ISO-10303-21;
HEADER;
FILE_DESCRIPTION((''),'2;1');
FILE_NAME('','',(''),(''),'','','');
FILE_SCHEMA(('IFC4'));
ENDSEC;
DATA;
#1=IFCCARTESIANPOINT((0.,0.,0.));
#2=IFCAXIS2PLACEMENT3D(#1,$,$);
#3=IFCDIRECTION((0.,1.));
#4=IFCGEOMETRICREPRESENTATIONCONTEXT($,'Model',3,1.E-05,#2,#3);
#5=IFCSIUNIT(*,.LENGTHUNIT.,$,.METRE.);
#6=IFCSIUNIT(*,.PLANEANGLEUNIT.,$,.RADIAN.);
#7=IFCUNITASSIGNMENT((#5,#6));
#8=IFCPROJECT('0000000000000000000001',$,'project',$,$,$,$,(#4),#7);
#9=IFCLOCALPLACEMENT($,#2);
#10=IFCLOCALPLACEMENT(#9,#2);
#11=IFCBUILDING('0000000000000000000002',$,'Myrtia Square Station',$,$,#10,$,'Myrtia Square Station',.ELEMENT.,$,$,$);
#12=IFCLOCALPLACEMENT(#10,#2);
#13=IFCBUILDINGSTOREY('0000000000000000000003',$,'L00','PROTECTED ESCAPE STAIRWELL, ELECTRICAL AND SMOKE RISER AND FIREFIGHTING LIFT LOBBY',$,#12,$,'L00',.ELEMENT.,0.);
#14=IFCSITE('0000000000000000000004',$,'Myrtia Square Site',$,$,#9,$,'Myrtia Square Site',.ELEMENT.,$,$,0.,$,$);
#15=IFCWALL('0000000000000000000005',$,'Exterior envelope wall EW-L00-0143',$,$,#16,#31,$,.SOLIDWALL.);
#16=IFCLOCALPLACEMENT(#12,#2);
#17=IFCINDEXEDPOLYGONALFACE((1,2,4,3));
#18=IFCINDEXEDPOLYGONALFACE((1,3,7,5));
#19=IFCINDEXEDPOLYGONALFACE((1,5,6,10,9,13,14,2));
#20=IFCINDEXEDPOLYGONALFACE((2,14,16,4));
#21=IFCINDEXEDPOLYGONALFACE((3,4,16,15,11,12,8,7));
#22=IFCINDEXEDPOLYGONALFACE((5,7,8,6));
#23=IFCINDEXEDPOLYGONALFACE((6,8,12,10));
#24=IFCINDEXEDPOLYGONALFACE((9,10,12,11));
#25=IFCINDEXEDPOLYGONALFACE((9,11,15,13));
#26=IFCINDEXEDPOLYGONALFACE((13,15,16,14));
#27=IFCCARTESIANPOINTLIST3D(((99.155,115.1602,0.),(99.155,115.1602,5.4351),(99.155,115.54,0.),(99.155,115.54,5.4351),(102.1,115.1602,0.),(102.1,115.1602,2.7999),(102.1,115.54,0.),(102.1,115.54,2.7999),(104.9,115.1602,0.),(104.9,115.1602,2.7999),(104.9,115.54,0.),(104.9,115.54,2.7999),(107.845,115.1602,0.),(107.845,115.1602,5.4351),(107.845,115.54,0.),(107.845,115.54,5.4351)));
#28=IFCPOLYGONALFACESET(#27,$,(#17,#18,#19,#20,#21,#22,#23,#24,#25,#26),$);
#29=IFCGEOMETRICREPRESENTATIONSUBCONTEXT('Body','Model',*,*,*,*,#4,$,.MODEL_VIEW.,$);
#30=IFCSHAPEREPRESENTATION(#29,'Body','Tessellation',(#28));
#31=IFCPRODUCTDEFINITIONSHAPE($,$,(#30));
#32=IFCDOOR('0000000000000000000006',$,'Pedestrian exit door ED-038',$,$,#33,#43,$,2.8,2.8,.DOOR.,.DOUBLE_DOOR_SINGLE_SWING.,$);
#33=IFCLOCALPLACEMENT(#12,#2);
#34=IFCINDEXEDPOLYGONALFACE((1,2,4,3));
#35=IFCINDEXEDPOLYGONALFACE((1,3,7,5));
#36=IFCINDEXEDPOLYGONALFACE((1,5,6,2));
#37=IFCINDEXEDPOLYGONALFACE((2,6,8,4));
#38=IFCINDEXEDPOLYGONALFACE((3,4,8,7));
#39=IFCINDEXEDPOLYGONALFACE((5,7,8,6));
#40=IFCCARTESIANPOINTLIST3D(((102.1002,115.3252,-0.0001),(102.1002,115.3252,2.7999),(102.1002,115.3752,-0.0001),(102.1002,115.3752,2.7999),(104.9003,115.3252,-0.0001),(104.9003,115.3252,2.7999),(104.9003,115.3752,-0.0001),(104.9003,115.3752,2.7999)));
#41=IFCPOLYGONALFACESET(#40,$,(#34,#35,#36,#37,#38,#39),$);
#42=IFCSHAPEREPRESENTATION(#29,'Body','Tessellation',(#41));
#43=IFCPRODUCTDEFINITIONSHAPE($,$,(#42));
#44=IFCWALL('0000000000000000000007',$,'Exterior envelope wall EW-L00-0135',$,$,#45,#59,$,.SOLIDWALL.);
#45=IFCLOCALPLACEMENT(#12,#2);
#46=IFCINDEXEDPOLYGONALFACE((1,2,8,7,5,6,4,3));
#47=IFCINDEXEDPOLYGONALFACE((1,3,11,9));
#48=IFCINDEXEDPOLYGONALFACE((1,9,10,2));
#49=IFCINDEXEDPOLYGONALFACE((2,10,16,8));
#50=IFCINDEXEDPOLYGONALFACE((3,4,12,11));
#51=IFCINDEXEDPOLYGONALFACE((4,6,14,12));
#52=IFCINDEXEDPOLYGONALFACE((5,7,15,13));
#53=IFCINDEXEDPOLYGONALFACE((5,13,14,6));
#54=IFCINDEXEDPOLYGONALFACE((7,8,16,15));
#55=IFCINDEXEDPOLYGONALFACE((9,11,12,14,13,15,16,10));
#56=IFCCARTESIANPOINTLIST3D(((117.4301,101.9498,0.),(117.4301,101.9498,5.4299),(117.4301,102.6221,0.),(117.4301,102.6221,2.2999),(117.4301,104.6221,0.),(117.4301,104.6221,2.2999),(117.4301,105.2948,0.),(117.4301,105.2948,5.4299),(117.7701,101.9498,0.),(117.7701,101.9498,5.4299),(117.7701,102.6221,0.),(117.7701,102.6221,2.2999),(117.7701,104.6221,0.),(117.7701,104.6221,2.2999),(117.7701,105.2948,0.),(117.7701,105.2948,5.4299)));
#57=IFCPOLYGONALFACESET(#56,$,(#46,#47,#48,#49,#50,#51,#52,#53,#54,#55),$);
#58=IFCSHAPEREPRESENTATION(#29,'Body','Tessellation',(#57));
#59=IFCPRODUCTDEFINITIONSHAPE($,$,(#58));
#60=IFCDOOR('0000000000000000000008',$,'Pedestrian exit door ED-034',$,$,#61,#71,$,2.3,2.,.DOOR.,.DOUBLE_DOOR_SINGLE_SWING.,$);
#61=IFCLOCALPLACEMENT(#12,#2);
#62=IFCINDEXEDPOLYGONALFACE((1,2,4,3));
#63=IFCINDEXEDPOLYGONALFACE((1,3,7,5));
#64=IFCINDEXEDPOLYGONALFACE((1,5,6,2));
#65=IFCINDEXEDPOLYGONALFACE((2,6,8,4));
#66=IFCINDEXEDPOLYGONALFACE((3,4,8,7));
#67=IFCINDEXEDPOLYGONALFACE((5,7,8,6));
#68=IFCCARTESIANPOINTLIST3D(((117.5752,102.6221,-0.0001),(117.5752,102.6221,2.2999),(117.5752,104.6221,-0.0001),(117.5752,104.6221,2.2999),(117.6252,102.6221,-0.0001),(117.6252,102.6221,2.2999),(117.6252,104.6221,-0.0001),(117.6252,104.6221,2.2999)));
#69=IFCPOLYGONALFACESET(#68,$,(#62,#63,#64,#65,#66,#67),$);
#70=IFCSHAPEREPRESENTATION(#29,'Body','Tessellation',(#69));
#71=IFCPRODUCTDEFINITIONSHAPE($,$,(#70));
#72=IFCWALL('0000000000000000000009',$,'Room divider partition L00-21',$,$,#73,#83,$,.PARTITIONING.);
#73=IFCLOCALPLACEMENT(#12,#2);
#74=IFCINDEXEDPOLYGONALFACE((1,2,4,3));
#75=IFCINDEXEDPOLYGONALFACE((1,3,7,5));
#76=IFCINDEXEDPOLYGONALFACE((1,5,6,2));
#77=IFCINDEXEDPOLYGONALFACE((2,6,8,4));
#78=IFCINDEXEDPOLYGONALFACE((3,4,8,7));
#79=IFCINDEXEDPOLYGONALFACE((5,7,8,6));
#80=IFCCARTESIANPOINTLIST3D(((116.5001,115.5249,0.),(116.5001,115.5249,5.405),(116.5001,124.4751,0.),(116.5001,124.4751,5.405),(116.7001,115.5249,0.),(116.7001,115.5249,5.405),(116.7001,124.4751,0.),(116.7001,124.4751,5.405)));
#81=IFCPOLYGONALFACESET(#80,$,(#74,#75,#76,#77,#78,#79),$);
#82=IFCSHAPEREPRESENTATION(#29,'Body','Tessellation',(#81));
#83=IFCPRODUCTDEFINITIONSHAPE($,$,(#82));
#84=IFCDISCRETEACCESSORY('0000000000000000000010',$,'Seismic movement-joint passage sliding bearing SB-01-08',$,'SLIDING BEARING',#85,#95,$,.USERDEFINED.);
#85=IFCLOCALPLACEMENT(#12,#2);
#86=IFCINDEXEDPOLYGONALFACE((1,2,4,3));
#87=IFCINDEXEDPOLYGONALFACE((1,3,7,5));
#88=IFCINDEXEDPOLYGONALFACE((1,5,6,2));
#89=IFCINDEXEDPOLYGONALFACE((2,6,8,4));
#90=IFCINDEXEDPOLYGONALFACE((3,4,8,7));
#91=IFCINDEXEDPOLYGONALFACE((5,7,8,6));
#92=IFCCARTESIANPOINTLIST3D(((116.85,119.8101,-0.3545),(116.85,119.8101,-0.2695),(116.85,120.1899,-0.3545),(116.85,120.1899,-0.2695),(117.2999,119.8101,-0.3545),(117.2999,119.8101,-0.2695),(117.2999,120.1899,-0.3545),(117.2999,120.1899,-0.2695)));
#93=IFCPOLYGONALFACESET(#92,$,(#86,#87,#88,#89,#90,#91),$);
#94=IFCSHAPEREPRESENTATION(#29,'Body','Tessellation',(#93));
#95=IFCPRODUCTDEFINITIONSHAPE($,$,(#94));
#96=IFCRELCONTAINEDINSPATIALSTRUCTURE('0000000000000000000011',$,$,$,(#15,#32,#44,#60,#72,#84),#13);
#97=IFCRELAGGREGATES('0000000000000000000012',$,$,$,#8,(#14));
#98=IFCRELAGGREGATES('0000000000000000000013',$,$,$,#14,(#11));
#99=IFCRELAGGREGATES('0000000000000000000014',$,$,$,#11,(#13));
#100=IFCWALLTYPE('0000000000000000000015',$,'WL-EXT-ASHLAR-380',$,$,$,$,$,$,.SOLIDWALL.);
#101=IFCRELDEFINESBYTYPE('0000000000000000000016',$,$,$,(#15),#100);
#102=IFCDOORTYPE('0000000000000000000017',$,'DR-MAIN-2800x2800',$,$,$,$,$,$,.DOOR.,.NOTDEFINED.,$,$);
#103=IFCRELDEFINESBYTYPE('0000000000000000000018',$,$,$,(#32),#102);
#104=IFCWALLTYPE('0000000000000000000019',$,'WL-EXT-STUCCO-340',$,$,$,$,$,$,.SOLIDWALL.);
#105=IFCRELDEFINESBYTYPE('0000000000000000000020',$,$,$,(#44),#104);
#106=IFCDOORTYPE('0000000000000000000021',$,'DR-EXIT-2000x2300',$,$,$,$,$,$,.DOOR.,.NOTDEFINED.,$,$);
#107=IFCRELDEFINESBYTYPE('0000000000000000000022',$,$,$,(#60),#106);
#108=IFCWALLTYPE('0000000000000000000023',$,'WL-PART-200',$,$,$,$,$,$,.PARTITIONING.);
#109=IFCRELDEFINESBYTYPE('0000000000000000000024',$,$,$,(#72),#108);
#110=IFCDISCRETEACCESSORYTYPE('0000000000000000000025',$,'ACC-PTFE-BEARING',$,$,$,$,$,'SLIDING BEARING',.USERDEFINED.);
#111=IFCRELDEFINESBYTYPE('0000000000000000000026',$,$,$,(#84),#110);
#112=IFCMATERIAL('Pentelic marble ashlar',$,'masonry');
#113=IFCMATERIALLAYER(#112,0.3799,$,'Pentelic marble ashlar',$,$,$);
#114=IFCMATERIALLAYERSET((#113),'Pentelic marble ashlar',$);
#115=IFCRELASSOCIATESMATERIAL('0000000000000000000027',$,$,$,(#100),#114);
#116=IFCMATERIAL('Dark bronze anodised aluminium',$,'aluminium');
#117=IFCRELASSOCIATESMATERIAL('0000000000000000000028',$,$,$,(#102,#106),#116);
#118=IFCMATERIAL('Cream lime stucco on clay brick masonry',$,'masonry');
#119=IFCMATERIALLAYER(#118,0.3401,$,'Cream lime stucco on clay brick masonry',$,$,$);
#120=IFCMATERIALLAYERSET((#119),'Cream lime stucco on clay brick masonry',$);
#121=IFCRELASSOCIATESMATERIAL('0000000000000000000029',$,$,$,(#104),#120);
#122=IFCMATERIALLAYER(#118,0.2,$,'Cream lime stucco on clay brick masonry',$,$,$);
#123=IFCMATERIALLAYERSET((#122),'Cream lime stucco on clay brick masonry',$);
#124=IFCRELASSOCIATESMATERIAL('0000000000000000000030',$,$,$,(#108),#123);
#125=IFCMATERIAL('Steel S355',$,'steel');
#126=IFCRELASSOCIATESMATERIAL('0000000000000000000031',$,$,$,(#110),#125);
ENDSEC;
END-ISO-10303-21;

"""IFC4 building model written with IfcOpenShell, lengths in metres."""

from ifc_helpers import new_model, si_unit, direction, frame, frame_2d, origin, origin_2d, place, context, subcontext, project, spatial, rectangle, extrude, material, layer, layer_set, type_object, element, fill, save


model = new_model("IFC4")

# Units and contexts
model_context = context("Model", 3, precision=1e-05, world=origin(), true_north=direction((0.0, 1.0)))
body_context = subcontext(model_context, "Body", "Model", "MODEL_VIEW")
ifc_project = project(units=[si_unit("LENGTHUNIT", "METRE"), si_unit("PLANEANGLEUNIT", "RADIAN")], contexts=[model_context])

# Site, building, storey
site_placement = place(None, origin())
site = spatial("IfcSite", under=ifc_project, at=site_placement, Name="Myrtia Square Site", LongName="Myrtia Square Site", CompositionType="ELEMENT", RefElevation=0.0)
building_placement = place(site_placement, origin())
building = spatial("IfcBuilding", under=site, at=building_placement, Name="Myrtia Square Station", LongName="Myrtia Square Station", CompositionType="ELEMENT")
storey_placement = place(building_placement, origin())
storey = spatial("IfcBuildingStorey", under=building, at=storey_placement, Name="L00", Description="PROTECTED ESCAPE STAIRWELL, ELECTRICAL AND SMOKE RISER AND FIREFIGHTING LIFT LOBBY", LongName="L00", CompositionType="ELEMENT", Elevation=0.0)

# Shared definitions
ifc_material_1 = material(Name="Steel S355", Category="steel")

# Shared definitions
ifc_material_2 = material(Name="Dark bronze anodised aluminium", Category="aluminium")

# Walls, openings, doors
ifc_material_3 = material(Name="Pentelic marble ashlar", Category="masonry")
ifc_layer_1 = layer(ifc_material_3, 0.3799, Name="Pentelic marble ashlar")
ifc_layer_set_1 = layer_set([ifc_layer_1], Name="Pentelic marble ashlar")
wall_type_1 = type_object("IfcWallType", Name="WL-EXT-ASHLAR-380", PredefinedType="SOLIDWALL", material=ifc_layer_set_1)
wall_1_placement = place(storey_placement, frame((99.155, 115.3501, 0.0), z_axis=(0.0, 0.0, 1.0), x_axis=(1.0, 0.0, 0.0)))
wall_1 = element("IfcWall", 1, at=wall_1_placement, inside=storey, type_object=wall_type_1, Name="Exterior envelope wall EW-L00-0143", PredefinedType="SOLIDWALL", context=body_context, shape_type="SweptSolid", body=[
    extrude(rectangle(XDim=8.6899, YDim=0.3799, at=frame_2d((4.345, 0.0))), origin(), (0.0, 0.0, 1.0), 5.4351),
])
opening_1_placement = place(wall_1_placement, frame((2.9451, 0.0, 0.0)))
opening_1 = element("IfcOpeningElement", 2, at=opening_1_placement, cuts=wall_1, PredefinedType="OPENING", context=body_context, shape_type="SweptSolid", body=[
    extrude(rectangle(XDim=2.8, YDim=2.8, at=frame_2d((1.3999, 1.3999))), frame((0.0, 0.2048, 0.0), z_axis=(0.0, -1.0, 0.0), x_axis=(1.0, 0.0, 0.0)), (0.0, 0.0, 1.0), 0.4099),
])
door_type_1 = type_object("IfcDoorType", Name="DR-MAIN-2800x2800", OperationType="NOTDEFINED", PredefinedType="DOOR", material=ifc_material_2)
door_1_placement = place(opening_1_placement, frame((2.8, 0.0, 0.0), z_axis=(0.0, 0.0, 1.0), x_axis=(-1.0, 0.0, 0.0)))
door_1 = element("IfcDoor", 3, at=door_1_placement, inside=storey, type_object=door_type_1, Name="Pedestrian exit door ED-038", OperationType="DOUBLE_DOOR_SINGLE_SWING", OverallHeight=2.8, OverallWidth=2.8, PredefinedType="DOOR", context=body_context, shape_type="SweptSolid", body=[
    extrude(rectangle(XDim=2.8, YDim=2.8, at=frame_2d((1.3999, 1.3999))), frame((0.0, 0.0249, 0.0), z_axis=(0.0, -1.0, 0.0), x_axis=(1.0, 0.0, 0.0)), (0.0, 0.0, 1.0), 0.05),
])
fill(opening_1, door_1)
ifc_material_4 = material(Name="Cream lime stucco on clay brick masonry", Category="masonry")
ifc_layer_2 = layer(ifc_material_4, 0.3401, Name="Cream lime stucco on clay brick masonry")
ifc_layer_set_2 = layer_set([ifc_layer_2], Name="Cream lime stucco on clay brick masonry")
wall_type_2 = type_object("IfcWallType", Name="WL-EXT-STUCCO-340", PredefinedType="SOLIDWALL", material=ifc_layer_set_2)
wall_2_placement = place(storey_placement, frame((117.6001, 101.95, 0.0), z_axis=(0.0, 0.0, 1.0), x_axis=(0.0, 1.0, 0.0)))
wall_2 = element("IfcWall", 4, at=wall_2_placement, inside=storey, type_object=wall_type_2, Name="Exterior envelope wall EW-L00-0135", PredefinedType="SOLIDWALL", context=body_context, shape_type="SweptSolid", body=[
    extrude(rectangle(XDim=3.345, YDim=0.3401, at=frame_2d((1.6724, 0.0))), origin(), (0.0, 0.0, 1.0), 5.4299),
])
opening_2_placement = place(wall_2_placement, frame((0.6721, 0.0, 0.0)))
opening_2 = element("IfcOpeningElement", 5, at=opening_2_placement, cuts=wall_2, PredefinedType="OPENING", context=body_context, shape_type="SweptSolid", body=[
    extrude(rectangle(XDim=2.0, YDim=2.3, at=frame_2d((1.0, 1.1499))), frame((0.0, 0.1851, 0.0), z_axis=(0.0, -1.0, 0.0), x_axis=(1.0, 0.0, 0.0)), (0.0, 0.0, 1.0), 0.3701),
])
door_type_2 = type_object("IfcDoorType", Name="DR-EXIT-2000x2300", OperationType="NOTDEFINED", PredefinedType="DOOR", material=ifc_material_2)
door_2_placement = place(opening_2_placement, origin())
door_2 = element("IfcDoor", 6, at=door_2_placement, inside=storey, type_object=door_type_2, Name="Pedestrian exit door ED-034", OperationType="DOUBLE_DOOR_SINGLE_SWING", OverallHeight=2.3, OverallWidth=2.0, PredefinedType="DOOR", context=body_context, shape_type="SweptSolid", body=[
    extrude(rectangle(XDim=2.0, YDim=2.3, at=frame_2d((1.0, 1.1499))), frame((0.0, 0.0249, 0.0), z_axis=(0.0, -1.0, 0.0), x_axis=(1.0, 0.0, 0.0)), (0.0, 0.0, 1.0), 0.05),
])
fill(opening_2, door_2)

# Wall
ifc_layer_3 = layer(ifc_material_4, 0.2, Name="Cream lime stucco on clay brick masonry")
ifc_layer_set_3 = layer_set([ifc_layer_3], Name="Cream lime stucco on clay brick masonry")
wall_type_3 = type_object("IfcWallType", Name="WL-PART-200", PredefinedType="PARTITIONING", material=ifc_layer_set_3)
wall_3_placement = place(storey_placement, frame((116.6001, 115.5249, 0.0), z_axis=(0.0, 0.0, 1.0), x_axis=(0.0, 1.0, 0.0)))
element("IfcWall", 7, at=wall_3_placement, inside=storey, type_object=wall_type_3, Name="Room divider partition L00-21", PredefinedType="PARTITIONING", context=body_context, shape_type="SweptSolid", body=[
    extrude(rectangle(XDim=8.9502, YDim=0.2, at=frame_2d((4.4751, 0.0))), origin(), (0.0, 0.0, 1.0), 5.405),
])

# Discrete accessory
discrete_accessory_type = type_object("IfcDiscreteAccessoryType", Name="ACC-PTFE-BEARING", ElementType="SLIDING BEARING", PredefinedType="USERDEFINED", material=ifc_material_1)
discrete_accessory_placement = place(storey_placement, frame((117.075, 120.0, -0.3545), z_axis=(0.0, 0.0, 1.0), x_axis=(1.0, 0.0, 0.0)))
element("IfcDiscreteAccessory", 8, at=discrete_accessory_placement, inside=storey, type_object=discrete_accessory_type, Name="Seismic movement-joint passage sliding bearing SB-01-08", ObjectType="SLIDING BEARING", PredefinedType="USERDEFINED", context=body_context, shape_type="SweptSolid", body=[
    extrude(rectangle(XDim=0.45, YDim=0.3799, at=origin_2d()), origin(), (0.0, 0.0, 1.0), 0.085),
])

save(model, "model.ifc")
